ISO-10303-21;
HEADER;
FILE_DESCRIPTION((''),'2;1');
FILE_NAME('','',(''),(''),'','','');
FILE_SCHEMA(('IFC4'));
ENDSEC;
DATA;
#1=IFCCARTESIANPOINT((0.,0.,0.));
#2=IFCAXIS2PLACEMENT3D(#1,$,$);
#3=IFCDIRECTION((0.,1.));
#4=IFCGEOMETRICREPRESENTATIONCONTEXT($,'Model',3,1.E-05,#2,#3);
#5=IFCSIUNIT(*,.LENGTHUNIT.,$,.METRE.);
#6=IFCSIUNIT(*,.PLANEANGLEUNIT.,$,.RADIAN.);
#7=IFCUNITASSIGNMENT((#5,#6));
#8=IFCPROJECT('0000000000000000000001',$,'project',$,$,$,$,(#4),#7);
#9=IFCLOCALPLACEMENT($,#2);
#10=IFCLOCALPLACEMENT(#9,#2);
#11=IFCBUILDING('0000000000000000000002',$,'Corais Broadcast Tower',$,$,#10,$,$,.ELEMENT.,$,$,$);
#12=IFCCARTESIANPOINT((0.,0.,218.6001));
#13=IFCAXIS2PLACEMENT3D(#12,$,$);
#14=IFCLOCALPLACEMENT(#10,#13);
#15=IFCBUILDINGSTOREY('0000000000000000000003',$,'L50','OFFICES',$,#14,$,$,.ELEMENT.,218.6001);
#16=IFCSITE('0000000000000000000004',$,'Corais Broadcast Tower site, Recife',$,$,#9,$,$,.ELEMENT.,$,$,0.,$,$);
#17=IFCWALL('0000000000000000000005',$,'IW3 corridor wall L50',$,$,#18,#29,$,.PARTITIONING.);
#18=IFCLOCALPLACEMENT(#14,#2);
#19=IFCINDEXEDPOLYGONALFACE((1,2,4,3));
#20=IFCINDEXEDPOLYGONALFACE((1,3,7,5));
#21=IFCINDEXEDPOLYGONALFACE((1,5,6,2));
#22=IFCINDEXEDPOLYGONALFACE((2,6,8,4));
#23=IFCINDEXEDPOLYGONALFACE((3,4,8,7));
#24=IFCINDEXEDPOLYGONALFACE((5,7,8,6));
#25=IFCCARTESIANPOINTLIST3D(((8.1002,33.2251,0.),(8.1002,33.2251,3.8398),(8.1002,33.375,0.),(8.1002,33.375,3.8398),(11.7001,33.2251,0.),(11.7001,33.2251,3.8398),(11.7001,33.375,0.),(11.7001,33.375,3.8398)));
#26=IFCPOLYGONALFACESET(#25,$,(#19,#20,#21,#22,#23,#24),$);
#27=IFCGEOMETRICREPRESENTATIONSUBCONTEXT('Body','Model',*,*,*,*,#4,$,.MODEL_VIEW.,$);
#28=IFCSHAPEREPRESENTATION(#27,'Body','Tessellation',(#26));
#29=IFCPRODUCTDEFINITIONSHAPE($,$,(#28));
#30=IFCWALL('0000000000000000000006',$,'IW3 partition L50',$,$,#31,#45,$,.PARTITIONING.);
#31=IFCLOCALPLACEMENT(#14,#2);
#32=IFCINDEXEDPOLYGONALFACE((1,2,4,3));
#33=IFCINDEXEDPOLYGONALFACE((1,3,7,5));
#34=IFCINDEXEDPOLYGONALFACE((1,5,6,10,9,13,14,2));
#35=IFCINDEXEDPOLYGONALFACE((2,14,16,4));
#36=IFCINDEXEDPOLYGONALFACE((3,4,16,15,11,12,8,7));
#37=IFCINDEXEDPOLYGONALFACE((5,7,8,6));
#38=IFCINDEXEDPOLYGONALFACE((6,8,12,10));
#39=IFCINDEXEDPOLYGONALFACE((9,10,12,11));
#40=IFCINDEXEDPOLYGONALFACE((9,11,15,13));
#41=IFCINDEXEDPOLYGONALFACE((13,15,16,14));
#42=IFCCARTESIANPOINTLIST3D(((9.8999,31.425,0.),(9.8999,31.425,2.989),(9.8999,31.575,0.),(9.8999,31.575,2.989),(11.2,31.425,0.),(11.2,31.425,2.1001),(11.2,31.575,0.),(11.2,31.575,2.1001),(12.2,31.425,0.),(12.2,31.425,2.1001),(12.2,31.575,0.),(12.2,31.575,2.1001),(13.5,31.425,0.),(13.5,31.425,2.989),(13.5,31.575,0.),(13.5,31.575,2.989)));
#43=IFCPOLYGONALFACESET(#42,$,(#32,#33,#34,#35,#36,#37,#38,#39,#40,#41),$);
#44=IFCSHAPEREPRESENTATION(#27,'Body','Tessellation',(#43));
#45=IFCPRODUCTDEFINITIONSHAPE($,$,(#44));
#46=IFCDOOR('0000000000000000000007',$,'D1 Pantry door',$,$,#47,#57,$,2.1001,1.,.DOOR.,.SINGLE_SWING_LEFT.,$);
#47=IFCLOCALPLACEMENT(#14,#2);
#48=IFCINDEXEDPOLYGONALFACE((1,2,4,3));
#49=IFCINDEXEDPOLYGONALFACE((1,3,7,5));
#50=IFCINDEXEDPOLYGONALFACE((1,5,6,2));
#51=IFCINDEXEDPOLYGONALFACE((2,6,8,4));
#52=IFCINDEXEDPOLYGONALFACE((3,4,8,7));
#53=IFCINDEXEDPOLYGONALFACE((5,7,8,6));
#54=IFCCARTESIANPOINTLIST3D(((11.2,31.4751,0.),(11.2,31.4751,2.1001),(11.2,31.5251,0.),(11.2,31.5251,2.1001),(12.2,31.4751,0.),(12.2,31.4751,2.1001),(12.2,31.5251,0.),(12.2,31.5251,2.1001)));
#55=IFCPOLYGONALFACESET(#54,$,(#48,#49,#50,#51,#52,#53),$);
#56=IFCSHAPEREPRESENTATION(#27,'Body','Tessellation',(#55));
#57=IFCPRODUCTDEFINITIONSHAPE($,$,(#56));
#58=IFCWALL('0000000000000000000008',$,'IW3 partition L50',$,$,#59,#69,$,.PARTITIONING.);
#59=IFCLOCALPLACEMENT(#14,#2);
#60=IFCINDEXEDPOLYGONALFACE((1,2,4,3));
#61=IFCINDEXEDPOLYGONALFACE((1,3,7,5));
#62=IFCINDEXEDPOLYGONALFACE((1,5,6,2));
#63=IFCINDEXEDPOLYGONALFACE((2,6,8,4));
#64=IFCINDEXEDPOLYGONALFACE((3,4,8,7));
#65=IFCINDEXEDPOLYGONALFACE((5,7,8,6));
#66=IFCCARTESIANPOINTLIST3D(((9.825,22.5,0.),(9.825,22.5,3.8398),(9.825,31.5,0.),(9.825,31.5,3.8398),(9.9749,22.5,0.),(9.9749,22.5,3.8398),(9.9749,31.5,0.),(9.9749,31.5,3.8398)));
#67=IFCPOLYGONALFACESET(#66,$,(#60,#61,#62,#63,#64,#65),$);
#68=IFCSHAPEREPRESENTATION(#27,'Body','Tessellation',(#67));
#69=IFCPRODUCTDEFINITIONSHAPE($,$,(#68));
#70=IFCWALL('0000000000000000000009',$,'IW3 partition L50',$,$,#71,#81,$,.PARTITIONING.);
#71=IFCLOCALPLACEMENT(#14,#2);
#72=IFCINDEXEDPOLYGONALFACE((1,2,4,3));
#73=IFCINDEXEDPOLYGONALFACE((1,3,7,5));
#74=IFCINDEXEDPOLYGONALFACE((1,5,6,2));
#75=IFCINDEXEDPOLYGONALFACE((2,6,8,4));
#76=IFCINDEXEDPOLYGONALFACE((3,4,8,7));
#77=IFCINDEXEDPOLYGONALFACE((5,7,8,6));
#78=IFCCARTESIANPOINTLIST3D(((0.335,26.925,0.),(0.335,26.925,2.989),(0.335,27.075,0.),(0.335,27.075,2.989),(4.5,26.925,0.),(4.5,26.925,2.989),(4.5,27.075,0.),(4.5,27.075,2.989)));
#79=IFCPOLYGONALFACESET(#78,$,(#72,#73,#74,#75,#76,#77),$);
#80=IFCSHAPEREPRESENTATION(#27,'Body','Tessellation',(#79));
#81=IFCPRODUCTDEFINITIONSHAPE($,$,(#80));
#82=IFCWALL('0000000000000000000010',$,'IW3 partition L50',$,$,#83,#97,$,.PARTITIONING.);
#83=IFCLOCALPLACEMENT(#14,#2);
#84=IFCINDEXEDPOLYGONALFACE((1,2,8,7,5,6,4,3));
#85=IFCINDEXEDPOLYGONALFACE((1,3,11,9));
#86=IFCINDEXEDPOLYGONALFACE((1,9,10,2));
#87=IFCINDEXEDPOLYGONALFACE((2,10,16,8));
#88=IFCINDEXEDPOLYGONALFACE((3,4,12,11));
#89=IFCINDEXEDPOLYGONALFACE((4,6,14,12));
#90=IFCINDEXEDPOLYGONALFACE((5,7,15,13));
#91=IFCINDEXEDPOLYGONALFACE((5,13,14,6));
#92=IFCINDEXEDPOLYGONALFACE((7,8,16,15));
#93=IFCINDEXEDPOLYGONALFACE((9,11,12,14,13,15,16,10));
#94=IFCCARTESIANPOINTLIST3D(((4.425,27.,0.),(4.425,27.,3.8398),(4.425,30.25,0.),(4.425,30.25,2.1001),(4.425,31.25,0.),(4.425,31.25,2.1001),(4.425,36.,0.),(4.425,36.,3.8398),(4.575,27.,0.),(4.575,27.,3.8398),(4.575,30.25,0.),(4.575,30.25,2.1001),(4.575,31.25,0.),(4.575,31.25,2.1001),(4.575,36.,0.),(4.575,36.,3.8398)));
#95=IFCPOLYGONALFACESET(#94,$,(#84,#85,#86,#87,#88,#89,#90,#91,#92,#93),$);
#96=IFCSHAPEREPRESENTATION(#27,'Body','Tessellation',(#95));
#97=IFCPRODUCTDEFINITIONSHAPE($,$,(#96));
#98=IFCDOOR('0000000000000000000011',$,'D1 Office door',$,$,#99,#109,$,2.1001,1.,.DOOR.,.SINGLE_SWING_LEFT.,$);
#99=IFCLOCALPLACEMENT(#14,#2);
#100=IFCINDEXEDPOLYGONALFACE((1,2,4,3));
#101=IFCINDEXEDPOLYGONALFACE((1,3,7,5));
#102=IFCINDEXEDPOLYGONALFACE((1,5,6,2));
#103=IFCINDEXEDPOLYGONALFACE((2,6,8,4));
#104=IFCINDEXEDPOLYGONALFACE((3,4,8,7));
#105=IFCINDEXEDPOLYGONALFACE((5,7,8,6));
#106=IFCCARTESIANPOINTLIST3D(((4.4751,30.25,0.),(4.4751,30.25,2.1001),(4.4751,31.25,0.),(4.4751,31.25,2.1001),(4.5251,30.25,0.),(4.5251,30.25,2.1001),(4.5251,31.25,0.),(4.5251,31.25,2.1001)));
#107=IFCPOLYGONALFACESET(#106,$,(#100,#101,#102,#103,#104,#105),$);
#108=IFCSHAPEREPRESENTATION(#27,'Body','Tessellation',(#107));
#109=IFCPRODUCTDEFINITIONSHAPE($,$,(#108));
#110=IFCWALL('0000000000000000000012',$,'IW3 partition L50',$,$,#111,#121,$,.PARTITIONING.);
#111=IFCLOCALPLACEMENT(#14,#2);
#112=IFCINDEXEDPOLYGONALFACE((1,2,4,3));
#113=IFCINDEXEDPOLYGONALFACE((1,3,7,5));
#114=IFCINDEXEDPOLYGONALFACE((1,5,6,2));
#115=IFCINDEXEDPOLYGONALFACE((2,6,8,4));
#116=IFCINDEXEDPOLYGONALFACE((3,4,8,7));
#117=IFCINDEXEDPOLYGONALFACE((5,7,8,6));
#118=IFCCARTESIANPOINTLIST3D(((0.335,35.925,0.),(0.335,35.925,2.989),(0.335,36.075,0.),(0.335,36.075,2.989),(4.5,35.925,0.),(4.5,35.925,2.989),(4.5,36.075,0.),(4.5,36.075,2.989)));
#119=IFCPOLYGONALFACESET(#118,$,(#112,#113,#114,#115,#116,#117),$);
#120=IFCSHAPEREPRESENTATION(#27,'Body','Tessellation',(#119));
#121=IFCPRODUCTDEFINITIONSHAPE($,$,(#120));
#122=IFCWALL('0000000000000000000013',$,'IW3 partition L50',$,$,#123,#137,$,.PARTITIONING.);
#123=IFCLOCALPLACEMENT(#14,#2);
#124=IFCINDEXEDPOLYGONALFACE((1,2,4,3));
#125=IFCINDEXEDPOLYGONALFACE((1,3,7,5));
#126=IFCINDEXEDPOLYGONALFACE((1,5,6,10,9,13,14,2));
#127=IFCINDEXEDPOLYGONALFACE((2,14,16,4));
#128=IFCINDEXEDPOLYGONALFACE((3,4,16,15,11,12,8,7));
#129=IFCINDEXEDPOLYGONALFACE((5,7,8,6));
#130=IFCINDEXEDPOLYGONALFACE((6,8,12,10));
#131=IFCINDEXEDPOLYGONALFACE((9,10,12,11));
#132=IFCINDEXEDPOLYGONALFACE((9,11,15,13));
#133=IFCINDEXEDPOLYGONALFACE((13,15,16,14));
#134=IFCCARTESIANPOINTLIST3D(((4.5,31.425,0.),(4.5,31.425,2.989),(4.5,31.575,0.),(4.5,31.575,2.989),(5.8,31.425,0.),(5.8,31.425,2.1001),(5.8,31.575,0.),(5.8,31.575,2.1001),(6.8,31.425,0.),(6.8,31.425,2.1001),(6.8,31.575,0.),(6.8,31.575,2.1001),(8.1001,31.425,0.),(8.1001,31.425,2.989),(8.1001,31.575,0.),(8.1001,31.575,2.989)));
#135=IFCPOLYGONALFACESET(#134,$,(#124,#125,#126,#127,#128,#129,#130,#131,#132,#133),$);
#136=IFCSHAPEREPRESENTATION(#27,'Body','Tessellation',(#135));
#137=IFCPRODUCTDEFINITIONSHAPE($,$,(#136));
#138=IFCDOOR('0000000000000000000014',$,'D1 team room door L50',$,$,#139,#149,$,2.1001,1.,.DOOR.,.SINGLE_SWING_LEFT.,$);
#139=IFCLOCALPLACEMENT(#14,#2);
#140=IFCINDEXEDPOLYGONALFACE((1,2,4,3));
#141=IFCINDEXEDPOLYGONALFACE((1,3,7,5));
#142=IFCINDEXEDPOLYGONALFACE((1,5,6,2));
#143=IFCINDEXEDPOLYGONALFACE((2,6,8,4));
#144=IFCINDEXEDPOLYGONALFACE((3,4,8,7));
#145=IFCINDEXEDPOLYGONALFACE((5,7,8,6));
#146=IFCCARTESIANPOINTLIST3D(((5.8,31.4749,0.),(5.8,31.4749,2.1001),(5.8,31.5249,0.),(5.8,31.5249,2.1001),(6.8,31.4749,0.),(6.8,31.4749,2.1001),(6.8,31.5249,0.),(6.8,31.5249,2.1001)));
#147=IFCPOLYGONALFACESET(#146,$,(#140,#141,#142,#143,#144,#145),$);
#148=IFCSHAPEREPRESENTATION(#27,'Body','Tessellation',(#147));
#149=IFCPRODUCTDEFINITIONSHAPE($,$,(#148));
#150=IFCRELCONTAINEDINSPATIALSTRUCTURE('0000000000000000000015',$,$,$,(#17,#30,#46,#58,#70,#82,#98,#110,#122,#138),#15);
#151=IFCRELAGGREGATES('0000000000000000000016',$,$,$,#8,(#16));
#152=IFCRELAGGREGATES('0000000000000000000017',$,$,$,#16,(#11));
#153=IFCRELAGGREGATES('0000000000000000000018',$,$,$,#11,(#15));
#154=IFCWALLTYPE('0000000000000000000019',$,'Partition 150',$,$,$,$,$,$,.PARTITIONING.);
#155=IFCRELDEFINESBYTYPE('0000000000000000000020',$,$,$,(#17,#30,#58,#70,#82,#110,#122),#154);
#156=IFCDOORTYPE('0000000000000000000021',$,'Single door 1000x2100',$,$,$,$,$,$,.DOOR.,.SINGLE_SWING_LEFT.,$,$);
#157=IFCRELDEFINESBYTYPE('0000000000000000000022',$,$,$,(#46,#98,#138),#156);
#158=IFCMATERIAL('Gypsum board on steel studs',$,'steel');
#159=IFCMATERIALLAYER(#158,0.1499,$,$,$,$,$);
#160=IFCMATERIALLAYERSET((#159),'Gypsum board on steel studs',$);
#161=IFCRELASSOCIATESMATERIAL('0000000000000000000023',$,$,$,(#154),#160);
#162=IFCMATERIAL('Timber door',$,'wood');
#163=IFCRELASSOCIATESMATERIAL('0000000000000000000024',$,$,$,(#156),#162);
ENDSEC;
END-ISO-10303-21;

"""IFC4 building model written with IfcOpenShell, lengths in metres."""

from ifc_helpers import new_model, si_unit, direction, frame, frame_2d, origin, place, context, subcontext, project, spatial, rectangle, extrude, material, layer, layer_set, type_object, element, fill, save


model = new_model("IFC4")

# Units and contexts
model_context = context("Model", 3, precision=1e-05, world=origin(), true_north=direction((0.0, 1.0)))
body_context = subcontext(model_context, "Body", "Model", "MODEL_VIEW")
ifc_project = project(units=[si_unit("LENGTHUNIT", "METRE"), si_unit("PLANEANGLEUNIT", "RADIAN")], contexts=[model_context])

# Site, building, storey
site_placement = place(None, origin())
site = spatial("IfcSite", under=ifc_project, at=site_placement, Name="Corais Broadcast Tower site, Recife", CompositionType="ELEMENT", RefElevation=0.0)
building_placement = place(site_placement, origin())
building = spatial("IfcBuilding", under=site, at=building_placement, Name="Corais Broadcast Tower", CompositionType="ELEMENT")
storey_placement = place(building_placement, frame((0.0, 0.0, 218.6001)))
storey = spatial("IfcBuildingStorey", under=building, at=storey_placement, Name="L50", Description="OFFICES", CompositionType="ELEMENT", Elevation=218.6001)

# Shared definitions
ifc_material_1 = material(Name="Gypsum board on steel studs", Category="steel")
ifc_layer_1 = layer(ifc_material_1, 0.1499)
ifc_layer_set_1 = layer_set([ifc_layer_1], Name="Gypsum board on steel studs")
wall_type_1 = type_object("IfcWallType", Name="Partition 150", PredefinedType="PARTITIONING", material=ifc_layer_set_1)
ifc_material_2 = material(Name="Timber door", Category="wood")
door_type_1 = type_object("IfcDoorType", Name="Single door 1000x2100", OperationType="SINGLE_SWING_LEFT", PredefinedType="DOOR", material=ifc_material_2)

# Wall
wall_1_placement = place(storey_placement, frame((11.7, 33.3, 0.0), z_axis=(0.0, 0.0, 1.0), x_axis=(-1.0, 0.0, 0.0)))
element("IfcWall", 1, at=wall_1_placement, inside=storey, type_object=wall_type_1, Name="IW3 corridor wall L50", PredefinedType="PARTITIONING", context=body_context, shape_type="SweptSolid", body=[
    extrude(rectangle(XDim=3.5999, YDim=0.1499, at=frame_2d((1.7998, 0.0))), origin(), (0.0, 0.0, 1.0), 3.8398),
])

# Wall, opening, door
wall_2_placement = place(storey_placement, frame((13.5, 31.5, 0.0), z_axis=(0.0, 0.0, 1.0), x_axis=(-1.0, 0.0, 0.0)))
wall_2 = element("IfcWall", 2, at=wall_2_placement, inside=storey, type_object=wall_type_1, Name="IW3 partition L50", PredefinedType="PARTITIONING", context=body_context, shape_type="SweptSolid", body=[
    extrude(rectangle(XDim=3.6001, YDim=0.1499, at=frame_2d((1.8, 0.0))), origin(), (0.0, 0.0, 1.0), 2.989),
])
opening_1_placement = place(wall_2_placement, frame((1.3, 0.0, 0.0)))
opening_1 = element("IfcOpeningElement", 3, at=opening_1_placement, cuts=wall_2, PredefinedType="OPENING", context=body_context, shape_type="SweptSolid", body=[
    extrude(rectangle(XDim=1.0, YDim=2.1001, at=frame_2d((0.5, 1.05))), frame((0.0, 0.085, 0.0), z_axis=(0.0, -1.0, 0.0), x_axis=(1.0, 0.0, 0.0)), (0.0, 0.0, 1.0), 0.1699),
])
door_1_placement = place(opening_1_placement, origin())
door_1 = element("IfcDoor", 4, at=door_1_placement, inside=storey, type_object=door_type_1, Name="D1 Pantry door", OperationType="SINGLE_SWING_LEFT", OverallHeight=2.1001, OverallWidth=1.0, PredefinedType="DOOR", context=body_context, shape_type="SweptSolid", body=[
    extrude(rectangle(XDim=1.0, YDim=2.1001, at=frame_2d((0.5, 1.05))), frame((0.0, 0.0249, 0.0), z_axis=(0.0, -1.0, 0.0), x_axis=(1.0, 0.0, 0.0)), (0.0, 0.0, 1.0), 0.05),
])
fill(opening_1, door_1)

# Walls
wall_3_placement = place(storey_placement, frame((9.8999, 31.5, 0.0), z_axis=(0.0, 0.0, 1.0), x_axis=(0.0, -1.0, 0.0)))
element("IfcWall", 5, at=wall_3_placement, inside=storey, type_object=wall_type_1, Name="IW3 partition L50", PredefinedType="PARTITIONING", context=body_context, shape_type="SweptSolid", body=[
    extrude(rectangle(XDim=9.0, YDim=0.1499, at=frame_2d((4.5, 0.0))), origin(), (0.0, 0.0, 1.0), 3.8398),
])
wall_4_placement = place(storey_placement, frame((4.5, 27.0, 0.0), z_axis=(0.0, 0.0, 1.0), x_axis=(-1.0, 0.0, 0.0)))
element("IfcWall", 6, at=wall_4_placement, inside=storey, type_object=wall_type_1, Name="IW3 partition L50", PredefinedType="PARTITIONING", context=body_context, shape_type="SweptSolid", body=[
    extrude(rectangle(XDim=4.165, YDim=0.1499, at=frame_2d((2.0825, 0.0))), origin(), (0.0, 0.0, 1.0), 2.989),
])

# Wall, opening, door
wall_5_placement = place(storey_placement, frame((4.5, 27.0, 0.0), z_axis=(0.0, 0.0, 1.0), x_axis=(0.0, 1.0, 0.0)))
wall_5 = element("IfcWall", 7, at=wall_5_placement, inside=storey, type_object=wall_type_1, Name="IW3 partition L50", PredefinedType="PARTITIONING", context=body_context, shape_type="SweptSolid", body=[
    extrude(rectangle(XDim=9.0, YDim=0.1499, at=frame_2d((4.5, 0.0))), origin(), (0.0, 0.0, 1.0), 3.8398),
])
opening_2_placement = place(wall_5_placement, frame((3.25, 0.0, 0.0)))
opening_2 = element("IfcOpeningElement", 8, at=opening_2_placement, cuts=wall_5, PredefinedType="OPENING", context=body_context, shape_type="SweptSolid", body=[
    extrude(rectangle(XDim=1.0, YDim=2.1001, at=frame_2d((0.5, 1.05))), frame((0.0, 0.085, 0.0), z_axis=(0.0, -1.0, 0.0), x_axis=(1.0, 0.0, 0.0)), (0.0, 0.0, 1.0), 0.1699),
])
door_2_placement = place(opening_2_placement, origin())
door_2 = element("IfcDoor", 9, at=door_2_placement, inside=storey, type_object=door_type_1, Name="D1 Office door", OperationType="SINGLE_SWING_LEFT", OverallHeight=2.1001, OverallWidth=1.0, PredefinedType="DOOR", context=body_context, shape_type="SweptSolid", body=[
    extrude(rectangle(XDim=1.0, YDim=2.1001, at=frame_2d((0.5, 1.05))), frame((0.0, 0.0249, 0.0), z_axis=(0.0, -1.0, 0.0), x_axis=(1.0, 0.0, 0.0)), (0.0, 0.0, 1.0), 0.05),
])
fill(opening_2, door_2)

# Wall
wall_6_placement = place(storey_placement, frame((4.5, 36.0, 0.0), z_axis=(0.0, 0.0, 1.0), x_axis=(-1.0, 0.0, 0.0)))
element("IfcWall", 10, at=wall_6_placement, inside=storey, type_object=wall_type_1, Name="IW3 partition L50", PredefinedType="PARTITIONING", context=body_context, shape_type="SweptSolid", body=[
    extrude(rectangle(XDim=4.165, YDim=0.1499, at=frame_2d((2.0825, 0.0))), origin(), (0.0, 0.0, 1.0), 2.989),
])

# Wall, opening, door
wall_7_placement = place(storey_placement, frame((4.5, 31.5, 0.0), z_axis=(0.0, 0.0, 1.0), x_axis=(1.0, 0.0, 0.0)))
wall_7 = element("IfcWall", 11, at=wall_7_placement, inside=storey, type_object=wall_type_1, Name="IW3 partition L50", PredefinedType="PARTITIONING", context=body_context, shape_type="SweptSolid", body=[
    extrude(rectangle(XDim=3.6001, YDim=0.1499, at=frame_2d((1.8, 0.0))), origin(), (0.0, 0.0, 1.0), 2.989),
])
opening_3_placement = place(wall_7_placement, frame((1.3, 0.0, 0.0)))
opening_3 = element("IfcOpeningElement", 12, at=opening_3_placement, cuts=wall_7, PredefinedType="OPENING", context=body_context, shape_type="SweptSolid", body=[
    extrude(rectangle(XDim=1.0, YDim=2.1001, at=frame_2d((0.5, 1.05))), frame((0.0, 0.085, 0.0), z_axis=(0.0, -1.0, 0.0), x_axis=(1.0, 0.0, 0.0)), (0.0, 0.0, 1.0), 0.1699),
])
door_3_placement = place(opening_3_placement, origin())
door_3 = element("IfcDoor", 13, at=door_3_placement, inside=storey, type_object=door_type_1, Name="D1 team room door L50", OperationType="SINGLE_SWING_LEFT", OverallHeight=2.1001, OverallWidth=1.0, PredefinedType="DOOR", context=body_context, shape_type="SweptSolid", body=[
    extrude(rectangle(XDim=1.0, YDim=2.1001, at=frame_2d((0.5, 1.05))), frame((0.0, 0.0249, 0.0), z_axis=(0.0, -1.0, 0.0), x_axis=(1.0, 0.0, 0.0)), (0.0, 0.0, 1.0), 0.05),
])
fill(opening_3, door_3)

save(model, "model.ifc")
